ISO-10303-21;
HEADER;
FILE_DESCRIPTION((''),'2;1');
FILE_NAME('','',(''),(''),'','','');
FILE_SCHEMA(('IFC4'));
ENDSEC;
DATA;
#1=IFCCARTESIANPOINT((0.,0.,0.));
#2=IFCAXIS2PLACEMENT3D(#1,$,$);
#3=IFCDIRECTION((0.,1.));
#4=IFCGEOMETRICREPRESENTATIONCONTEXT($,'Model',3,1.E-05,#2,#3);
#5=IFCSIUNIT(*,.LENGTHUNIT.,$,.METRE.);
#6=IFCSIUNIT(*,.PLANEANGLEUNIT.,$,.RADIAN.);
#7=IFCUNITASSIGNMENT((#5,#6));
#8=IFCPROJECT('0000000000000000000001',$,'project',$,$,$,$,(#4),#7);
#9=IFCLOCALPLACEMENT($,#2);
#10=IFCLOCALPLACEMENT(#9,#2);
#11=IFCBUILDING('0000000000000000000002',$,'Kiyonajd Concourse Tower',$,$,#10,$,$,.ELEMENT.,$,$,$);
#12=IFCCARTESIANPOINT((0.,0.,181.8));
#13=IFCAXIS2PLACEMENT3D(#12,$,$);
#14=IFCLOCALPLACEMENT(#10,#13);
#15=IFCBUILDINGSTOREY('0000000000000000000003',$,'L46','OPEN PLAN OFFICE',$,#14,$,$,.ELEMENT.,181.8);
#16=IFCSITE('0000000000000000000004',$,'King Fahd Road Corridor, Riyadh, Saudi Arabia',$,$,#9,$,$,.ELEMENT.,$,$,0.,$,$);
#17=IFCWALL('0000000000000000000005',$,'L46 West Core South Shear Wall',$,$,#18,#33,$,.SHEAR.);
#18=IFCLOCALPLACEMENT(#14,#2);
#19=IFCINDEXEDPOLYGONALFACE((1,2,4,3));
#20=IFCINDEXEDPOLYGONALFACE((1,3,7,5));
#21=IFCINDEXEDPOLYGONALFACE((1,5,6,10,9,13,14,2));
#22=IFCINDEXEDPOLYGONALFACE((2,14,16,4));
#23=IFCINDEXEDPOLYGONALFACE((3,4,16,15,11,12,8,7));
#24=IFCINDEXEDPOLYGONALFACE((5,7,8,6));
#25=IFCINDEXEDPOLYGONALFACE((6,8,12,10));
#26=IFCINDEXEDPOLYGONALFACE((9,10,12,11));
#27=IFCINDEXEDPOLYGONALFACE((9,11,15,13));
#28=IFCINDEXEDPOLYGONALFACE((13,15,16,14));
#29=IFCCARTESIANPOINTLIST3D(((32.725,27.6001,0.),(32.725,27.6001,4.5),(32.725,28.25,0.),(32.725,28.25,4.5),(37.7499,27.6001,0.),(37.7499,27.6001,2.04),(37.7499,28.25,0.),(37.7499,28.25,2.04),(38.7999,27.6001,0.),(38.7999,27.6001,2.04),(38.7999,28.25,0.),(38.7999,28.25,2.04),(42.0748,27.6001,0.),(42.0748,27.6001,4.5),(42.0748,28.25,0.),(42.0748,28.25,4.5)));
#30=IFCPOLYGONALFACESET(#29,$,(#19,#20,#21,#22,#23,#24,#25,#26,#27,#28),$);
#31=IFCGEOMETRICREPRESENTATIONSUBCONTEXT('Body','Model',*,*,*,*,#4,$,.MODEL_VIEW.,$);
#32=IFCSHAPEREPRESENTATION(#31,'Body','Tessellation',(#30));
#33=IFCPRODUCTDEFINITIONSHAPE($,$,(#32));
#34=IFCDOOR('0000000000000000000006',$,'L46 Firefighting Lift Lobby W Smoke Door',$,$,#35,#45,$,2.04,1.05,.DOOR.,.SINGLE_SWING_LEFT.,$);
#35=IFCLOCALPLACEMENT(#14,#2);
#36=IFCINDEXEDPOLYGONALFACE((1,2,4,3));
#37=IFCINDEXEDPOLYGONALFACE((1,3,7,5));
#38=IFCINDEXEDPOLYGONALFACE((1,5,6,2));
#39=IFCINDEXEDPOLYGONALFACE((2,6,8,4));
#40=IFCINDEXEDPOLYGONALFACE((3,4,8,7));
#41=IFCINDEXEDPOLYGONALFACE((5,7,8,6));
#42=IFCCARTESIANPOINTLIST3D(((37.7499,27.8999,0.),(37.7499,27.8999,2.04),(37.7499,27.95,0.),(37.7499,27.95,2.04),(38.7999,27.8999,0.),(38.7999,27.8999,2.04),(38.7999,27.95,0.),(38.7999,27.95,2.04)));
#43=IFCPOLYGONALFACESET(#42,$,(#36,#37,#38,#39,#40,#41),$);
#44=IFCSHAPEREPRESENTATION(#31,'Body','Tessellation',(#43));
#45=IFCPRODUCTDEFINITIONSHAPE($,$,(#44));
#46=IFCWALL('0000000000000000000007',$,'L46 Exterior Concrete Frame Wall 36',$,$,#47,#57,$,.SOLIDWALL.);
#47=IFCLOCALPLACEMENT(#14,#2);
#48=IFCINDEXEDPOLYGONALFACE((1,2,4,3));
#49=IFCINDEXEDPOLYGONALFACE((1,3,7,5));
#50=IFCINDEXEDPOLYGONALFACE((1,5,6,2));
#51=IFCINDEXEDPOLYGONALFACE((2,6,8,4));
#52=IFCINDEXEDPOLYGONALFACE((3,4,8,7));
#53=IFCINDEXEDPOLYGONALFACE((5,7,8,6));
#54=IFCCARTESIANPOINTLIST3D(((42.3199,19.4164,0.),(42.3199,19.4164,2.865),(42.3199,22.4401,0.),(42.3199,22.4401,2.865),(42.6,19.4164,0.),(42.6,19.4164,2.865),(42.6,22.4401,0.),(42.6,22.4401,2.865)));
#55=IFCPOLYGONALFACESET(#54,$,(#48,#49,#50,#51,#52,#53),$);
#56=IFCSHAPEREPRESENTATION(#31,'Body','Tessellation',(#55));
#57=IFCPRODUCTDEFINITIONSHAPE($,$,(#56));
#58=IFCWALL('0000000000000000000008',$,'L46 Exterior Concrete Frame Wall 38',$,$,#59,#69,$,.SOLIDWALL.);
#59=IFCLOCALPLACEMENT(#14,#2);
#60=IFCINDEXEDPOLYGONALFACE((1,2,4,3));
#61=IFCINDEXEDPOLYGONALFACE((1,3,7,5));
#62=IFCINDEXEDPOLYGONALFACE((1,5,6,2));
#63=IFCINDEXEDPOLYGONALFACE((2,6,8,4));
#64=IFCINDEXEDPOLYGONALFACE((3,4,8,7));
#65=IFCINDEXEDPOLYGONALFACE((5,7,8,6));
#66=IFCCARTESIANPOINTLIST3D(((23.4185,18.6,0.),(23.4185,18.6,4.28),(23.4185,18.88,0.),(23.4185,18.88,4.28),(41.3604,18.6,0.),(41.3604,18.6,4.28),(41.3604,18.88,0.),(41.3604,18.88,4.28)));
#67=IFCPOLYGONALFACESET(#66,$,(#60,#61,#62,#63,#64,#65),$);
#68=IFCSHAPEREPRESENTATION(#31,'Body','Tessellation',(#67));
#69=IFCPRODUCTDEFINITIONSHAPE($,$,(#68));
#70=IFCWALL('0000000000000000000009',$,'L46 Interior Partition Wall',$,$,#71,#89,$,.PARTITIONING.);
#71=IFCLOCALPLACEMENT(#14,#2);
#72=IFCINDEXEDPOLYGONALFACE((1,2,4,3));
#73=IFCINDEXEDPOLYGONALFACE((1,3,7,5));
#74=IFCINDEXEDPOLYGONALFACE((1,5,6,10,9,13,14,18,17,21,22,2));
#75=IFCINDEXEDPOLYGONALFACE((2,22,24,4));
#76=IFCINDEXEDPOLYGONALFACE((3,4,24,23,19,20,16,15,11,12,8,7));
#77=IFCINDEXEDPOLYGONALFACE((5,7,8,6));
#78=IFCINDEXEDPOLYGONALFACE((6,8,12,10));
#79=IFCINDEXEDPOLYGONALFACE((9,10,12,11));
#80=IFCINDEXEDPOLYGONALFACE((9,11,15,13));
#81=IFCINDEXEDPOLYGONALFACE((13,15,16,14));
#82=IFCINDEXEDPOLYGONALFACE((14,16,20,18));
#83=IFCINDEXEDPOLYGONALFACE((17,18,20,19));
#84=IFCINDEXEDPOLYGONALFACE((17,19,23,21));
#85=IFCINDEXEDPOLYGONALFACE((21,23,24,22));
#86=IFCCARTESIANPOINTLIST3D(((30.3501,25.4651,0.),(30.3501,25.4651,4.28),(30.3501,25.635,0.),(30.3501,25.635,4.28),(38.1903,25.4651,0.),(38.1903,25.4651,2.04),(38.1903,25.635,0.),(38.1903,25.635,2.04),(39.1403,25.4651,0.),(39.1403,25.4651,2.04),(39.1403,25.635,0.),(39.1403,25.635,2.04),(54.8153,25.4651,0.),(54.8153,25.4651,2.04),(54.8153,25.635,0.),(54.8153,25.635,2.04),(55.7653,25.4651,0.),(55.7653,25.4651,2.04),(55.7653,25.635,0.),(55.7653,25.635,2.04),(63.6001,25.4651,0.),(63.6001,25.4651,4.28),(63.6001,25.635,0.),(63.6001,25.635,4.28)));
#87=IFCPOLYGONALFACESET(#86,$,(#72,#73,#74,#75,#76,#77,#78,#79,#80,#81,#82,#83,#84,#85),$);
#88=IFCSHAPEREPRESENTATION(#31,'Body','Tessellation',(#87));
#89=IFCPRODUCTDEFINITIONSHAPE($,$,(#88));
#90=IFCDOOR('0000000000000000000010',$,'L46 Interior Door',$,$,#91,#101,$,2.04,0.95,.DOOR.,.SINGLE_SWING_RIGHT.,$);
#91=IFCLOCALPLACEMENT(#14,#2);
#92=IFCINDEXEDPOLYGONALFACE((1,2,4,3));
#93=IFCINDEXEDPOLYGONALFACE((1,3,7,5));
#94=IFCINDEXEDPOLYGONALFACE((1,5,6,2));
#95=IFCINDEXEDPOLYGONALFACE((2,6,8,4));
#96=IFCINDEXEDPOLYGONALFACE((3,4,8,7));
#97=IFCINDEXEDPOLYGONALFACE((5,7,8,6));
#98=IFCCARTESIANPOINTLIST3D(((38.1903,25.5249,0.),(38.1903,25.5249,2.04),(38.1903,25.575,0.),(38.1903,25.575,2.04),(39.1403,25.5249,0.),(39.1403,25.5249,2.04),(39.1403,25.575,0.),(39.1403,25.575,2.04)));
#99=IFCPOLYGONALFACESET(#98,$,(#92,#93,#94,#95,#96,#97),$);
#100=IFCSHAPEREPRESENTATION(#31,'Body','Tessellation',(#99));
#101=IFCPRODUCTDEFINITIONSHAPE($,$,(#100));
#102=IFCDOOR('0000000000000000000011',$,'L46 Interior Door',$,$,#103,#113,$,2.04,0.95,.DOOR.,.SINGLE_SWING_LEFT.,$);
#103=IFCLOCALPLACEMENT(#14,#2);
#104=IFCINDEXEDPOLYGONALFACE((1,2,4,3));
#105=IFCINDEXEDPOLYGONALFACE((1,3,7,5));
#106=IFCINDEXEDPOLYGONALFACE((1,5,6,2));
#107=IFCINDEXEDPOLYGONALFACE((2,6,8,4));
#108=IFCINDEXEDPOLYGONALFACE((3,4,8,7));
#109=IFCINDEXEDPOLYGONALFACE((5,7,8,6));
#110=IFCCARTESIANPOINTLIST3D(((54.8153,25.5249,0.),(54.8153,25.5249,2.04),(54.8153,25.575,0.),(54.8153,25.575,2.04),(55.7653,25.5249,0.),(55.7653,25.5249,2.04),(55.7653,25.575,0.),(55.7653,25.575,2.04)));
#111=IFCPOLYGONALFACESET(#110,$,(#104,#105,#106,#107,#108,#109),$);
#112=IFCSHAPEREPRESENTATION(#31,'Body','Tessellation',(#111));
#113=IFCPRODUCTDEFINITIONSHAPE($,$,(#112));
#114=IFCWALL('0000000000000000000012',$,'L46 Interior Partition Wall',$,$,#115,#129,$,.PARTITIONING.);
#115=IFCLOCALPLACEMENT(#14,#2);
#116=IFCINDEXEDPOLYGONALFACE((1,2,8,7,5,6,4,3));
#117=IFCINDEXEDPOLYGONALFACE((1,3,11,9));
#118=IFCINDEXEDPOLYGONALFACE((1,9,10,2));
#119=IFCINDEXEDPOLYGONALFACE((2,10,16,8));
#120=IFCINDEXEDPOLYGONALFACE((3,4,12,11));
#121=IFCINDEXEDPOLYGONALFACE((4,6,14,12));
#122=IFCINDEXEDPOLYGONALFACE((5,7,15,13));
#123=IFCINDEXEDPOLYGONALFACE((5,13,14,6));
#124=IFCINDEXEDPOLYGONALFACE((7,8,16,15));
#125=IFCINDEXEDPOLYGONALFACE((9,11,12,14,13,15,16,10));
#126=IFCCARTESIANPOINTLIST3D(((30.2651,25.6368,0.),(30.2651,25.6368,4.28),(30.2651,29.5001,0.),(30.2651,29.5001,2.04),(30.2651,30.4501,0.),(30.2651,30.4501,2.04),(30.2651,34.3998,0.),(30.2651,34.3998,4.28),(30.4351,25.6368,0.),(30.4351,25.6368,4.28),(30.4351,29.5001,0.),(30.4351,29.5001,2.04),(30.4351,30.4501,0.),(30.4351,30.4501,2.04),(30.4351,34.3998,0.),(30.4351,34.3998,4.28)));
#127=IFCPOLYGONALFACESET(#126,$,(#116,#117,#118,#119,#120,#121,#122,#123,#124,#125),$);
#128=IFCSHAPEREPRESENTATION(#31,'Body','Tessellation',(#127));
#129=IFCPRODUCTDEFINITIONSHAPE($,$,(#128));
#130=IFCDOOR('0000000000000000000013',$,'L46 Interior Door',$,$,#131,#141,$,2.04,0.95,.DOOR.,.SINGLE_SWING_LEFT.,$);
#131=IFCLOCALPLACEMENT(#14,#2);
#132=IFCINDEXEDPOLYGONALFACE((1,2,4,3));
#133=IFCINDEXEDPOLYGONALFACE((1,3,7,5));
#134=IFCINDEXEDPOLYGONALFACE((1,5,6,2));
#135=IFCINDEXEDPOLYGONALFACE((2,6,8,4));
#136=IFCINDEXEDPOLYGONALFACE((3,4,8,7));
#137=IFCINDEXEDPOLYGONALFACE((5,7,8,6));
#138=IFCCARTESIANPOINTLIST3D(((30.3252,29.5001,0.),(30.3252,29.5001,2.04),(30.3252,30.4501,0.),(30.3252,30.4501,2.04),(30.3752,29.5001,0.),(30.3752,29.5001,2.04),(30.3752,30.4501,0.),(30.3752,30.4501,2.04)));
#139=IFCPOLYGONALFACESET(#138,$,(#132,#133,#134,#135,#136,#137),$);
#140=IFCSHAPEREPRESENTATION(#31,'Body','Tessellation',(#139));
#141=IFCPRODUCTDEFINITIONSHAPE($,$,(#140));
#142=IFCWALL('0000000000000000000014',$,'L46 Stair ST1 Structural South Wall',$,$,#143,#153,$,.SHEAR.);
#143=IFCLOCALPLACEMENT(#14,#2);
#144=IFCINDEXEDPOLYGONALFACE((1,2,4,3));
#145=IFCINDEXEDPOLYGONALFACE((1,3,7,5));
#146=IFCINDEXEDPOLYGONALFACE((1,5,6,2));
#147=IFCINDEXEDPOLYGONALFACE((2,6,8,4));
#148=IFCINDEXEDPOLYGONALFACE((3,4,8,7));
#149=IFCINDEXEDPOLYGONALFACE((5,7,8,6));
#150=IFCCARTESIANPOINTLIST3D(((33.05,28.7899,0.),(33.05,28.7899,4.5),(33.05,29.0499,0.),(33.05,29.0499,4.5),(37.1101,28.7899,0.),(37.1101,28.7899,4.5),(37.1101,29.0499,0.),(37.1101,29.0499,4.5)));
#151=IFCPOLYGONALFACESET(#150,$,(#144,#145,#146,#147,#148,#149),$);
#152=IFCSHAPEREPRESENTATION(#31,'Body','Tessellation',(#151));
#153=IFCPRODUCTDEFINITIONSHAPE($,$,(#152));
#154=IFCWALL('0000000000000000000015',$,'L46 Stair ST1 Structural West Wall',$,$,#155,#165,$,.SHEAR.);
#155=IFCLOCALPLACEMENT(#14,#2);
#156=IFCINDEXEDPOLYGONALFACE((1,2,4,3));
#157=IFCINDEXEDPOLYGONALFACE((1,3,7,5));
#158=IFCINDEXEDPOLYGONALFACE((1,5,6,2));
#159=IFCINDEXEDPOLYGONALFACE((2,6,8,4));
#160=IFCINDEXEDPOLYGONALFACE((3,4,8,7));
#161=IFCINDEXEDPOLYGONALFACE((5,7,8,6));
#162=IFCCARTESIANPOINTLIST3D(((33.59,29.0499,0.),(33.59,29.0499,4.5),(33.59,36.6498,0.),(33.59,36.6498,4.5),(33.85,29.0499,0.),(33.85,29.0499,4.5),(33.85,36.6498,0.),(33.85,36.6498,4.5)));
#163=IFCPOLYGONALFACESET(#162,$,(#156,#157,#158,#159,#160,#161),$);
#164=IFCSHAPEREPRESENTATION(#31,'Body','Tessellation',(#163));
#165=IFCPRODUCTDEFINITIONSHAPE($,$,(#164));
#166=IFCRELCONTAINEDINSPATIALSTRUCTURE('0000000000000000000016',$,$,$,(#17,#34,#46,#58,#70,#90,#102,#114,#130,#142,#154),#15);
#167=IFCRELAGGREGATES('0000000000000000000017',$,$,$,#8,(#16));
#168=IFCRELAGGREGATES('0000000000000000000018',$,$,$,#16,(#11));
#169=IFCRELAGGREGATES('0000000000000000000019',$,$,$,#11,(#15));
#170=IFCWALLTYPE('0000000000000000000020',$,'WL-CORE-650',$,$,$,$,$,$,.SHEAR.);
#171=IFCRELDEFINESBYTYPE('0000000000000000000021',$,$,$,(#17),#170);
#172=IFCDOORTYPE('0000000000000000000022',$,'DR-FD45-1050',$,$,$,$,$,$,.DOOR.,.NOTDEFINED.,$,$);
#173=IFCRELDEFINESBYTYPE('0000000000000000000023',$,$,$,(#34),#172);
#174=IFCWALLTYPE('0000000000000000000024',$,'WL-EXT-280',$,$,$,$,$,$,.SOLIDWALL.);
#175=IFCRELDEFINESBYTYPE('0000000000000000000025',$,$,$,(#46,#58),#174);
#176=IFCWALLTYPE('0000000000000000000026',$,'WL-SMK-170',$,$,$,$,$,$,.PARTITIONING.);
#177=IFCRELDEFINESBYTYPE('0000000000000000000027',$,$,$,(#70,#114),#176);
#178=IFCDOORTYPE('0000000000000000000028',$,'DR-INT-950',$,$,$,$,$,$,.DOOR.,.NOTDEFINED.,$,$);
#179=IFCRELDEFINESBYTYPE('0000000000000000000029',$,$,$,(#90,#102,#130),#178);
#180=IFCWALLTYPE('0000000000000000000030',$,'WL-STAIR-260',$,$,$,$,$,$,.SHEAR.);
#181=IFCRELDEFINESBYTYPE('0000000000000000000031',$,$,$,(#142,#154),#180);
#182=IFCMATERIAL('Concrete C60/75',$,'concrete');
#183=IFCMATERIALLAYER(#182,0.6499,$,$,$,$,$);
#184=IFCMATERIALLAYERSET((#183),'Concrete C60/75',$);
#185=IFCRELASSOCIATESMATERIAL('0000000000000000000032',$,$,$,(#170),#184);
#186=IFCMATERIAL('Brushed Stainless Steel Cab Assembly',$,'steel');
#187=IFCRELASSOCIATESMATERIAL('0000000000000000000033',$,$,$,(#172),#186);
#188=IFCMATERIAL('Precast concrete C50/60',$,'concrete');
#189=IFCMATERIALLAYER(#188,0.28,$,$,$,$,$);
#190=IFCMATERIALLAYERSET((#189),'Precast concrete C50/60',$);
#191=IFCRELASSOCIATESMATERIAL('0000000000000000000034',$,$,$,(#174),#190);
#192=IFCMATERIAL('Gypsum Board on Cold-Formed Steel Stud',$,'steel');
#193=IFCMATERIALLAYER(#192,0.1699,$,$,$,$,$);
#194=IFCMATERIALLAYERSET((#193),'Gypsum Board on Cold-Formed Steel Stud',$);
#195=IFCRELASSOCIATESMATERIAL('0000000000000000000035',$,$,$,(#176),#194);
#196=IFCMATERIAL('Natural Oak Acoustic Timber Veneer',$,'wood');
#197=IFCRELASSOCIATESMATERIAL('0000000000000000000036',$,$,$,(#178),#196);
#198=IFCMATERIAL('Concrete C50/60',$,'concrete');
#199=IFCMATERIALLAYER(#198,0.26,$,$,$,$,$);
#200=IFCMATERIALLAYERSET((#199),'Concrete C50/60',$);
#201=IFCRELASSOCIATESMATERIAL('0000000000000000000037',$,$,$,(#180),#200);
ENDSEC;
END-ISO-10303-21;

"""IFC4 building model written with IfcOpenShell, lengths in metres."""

from ifc_helpers import new_model, si_unit, direction, frame, frame_2d, origin, place, context, subcontext, project, spatial, rectangle, extrude, material, layer, layer_set, type_object, element, fill, save


model = new_model("IFC4")

# Units and contexts
model_context = context("Model", 3, precision=1e-05, world=origin(), true_north=direction((0.0, 1.0)))
body_context = subcontext(model_context, "Body", "Model", "MODEL_VIEW")
ifc_project = project(units=[si_unit("LENGTHUNIT", "METRE"), si_unit("PLANEANGLEUNIT", "RADIAN")], contexts=[model_context])

# Site, building, storey
site_placement = place(None, origin())
site = spatial("IfcSite", under=ifc_project, at=site_placement, Name="King Fahd Road Corridor, Riyadh, Saudi Arabia", CompositionType="ELEMENT", RefElevation=0.0)
building_placement = place(site_placement, origin())
building = spatial("IfcBuilding", under=site, at=building_placement, Name="Kiyonajd Concourse Tower", CompositionType="ELEMENT")
storey_placement = place(building_placement, frame((0.0, 0.0, 181.8)))
storey = spatial("IfcBuildingStorey", under=building, at=storey_placement, Name="L46", Description="OPEN PLAN OFFICE", CompositionType="ELEMENT", Elevation=181.8)

# Shared definitions
ifc_material_1 = material(Name="Concrete C60/75", Category="concrete")

# Shared definitions
ifc_layer_1 = layer(ifc_material_1, 0.6499)
ifc_layer_set_1 = layer_set([ifc_layer_1], Name="Concrete C60/75")
wall_type_1 = type_object("IfcWallType", Name="WL-CORE-650", PredefinedType="SHEAR", material=ifc_layer_set_1)

# Wall, opening, door
wall_1_placement = place(storey_placement, frame((32.7251, 27.925, 0.0), z_axis=(0.0, 0.0, 1.0), x_axis=(1.0, 0.0, 0.0)))
wall_1 = element("IfcWall", 1, at=wall_1_placement, inside=storey, type_object=wall_type_1, Name="L46 West Core South Shear Wall", PredefinedType="SHEAR", context=body_context, shape_type="SweptSolid", body=[
    extrude(rectangle(XDim=9.3499, YDim=0.6499, at=frame_2d((4.6748, 0.0))), origin(), (0.0, 0.0, 1.0), 4.5),
])
opening_1_placement = place(wall_1_placement, frame((5.0249, 0.0, 0.0)))
opening_1 = element("IfcOpeningElement", 2, at=opening_1_placement, cuts=wall_1, PredefinedType="OPENING", context=body_context, shape_type="SweptSolid", body=[
    extrude(rectangle(XDim=1.05, YDim=2.04, at=frame_2d((0.5249, 1.02))), frame((0.0, 0.335, 0.0), z_axis=(0.0, -1.0, 0.0), x_axis=(1.0, 0.0, 0.0)), (0.0, 0.0, 1.0), 0.6699),
])
ifc_material_2 = material(Name="Brushed Stainless Steel Cab Assembly", Category="steel")
door_type_1 = type_object("IfcDoorType", Name="DR-FD45-1050", OperationType="NOTDEFINED", PredefinedType="DOOR", material=ifc_material_2)
door_1_placement = place(opening_1_placement, origin())
door_1 = element("IfcDoor", 3, at=door_1_placement, inside=storey, type_object=door_type_1, Name="L46 Firefighting Lift Lobby W Smoke Door", OperationType="SINGLE_SWING_LEFT", OverallHeight=2.04, OverallWidth=1.05, PredefinedType="DOOR", context=body_context, shape_type="SweptSolid", body=[
    extrude(rectangle(XDim=1.05, YDim=2.04, at=frame_2d((0.5249, 1.02))), frame((0.0, 0.0249, 0.0), z_axis=(0.0, -1.0, 0.0), x_axis=(1.0, 0.0, 0.0)), (0.0, 0.0, 1.0), 0.05),
])
fill(opening_1, door_1)

# Walls
ifc_material_3 = material(Name="Precast concrete C50/60", Category="concrete")
ifc_layer_2 = layer(ifc_material_3, 0.28)
ifc_layer_set_2 = layer_set([ifc_layer_2], Name="Precast concrete C50/60")
wall_type_2 = type_object("IfcWallType", Name="WL-EXT-280", PredefinedType="SOLIDWALL", material=ifc_layer_set_2)
wall_2_placement = place(storey_placement, frame((42.46, 22.4399, 0.0), z_axis=(0.0, 0.0, 1.0), x_axis=(0.0, -1.0, 0.0)))
element("IfcWall", 4, at=wall_2_placement, inside=storey, type_object=wall_type_2, Name="L46 Exterior Concrete Frame Wall 36", PredefinedType="SOLIDWALL", context=body_context, shape_type="SweptSolid", body=[
    extrude(rectangle(XDim=3.0237, YDim=0.28, at=frame_2d((1.5117, 0.0))), origin(), (0.0, 0.0, 1.0), 2.865),
])
wall_3_placement = place(storey_placement, frame((41.3604, 18.74, 0.0), z_axis=(0.0, 0.0, 1.0), x_axis=(-1.0, 0.0, 0.0)))
element("IfcWall", 5, at=wall_3_placement, inside=storey, type_object=wall_type_2, Name="L46 Exterior Concrete Frame Wall 38", PredefinedType="SOLIDWALL", context=body_context, shape_type="SweptSolid", body=[
    extrude(rectangle(XDim=17.9419, YDim=0.28, at=frame_2d((8.9709, 0.0))), origin(), (0.0, 0.0, 1.0), 4.28),
])

# Wall, openings, doors
ifc_material_4 = material(Name="Gypsum Board on Cold-Formed Steel Stud", Category="steel")
ifc_layer_3 = layer(ifc_material_4, 0.1699)
ifc_layer_set_3 = layer_set([ifc_layer_3], Name="Gypsum Board on Cold-Formed Steel Stud")
wall_type_3 = type_object("IfcWallType", Name="WL-SMK-170", PredefinedType="PARTITIONING", material=ifc_layer_set_3)
wall_4_placement = place(storey_placement, frame((30.3501, 25.55, 0.0), z_axis=(0.0, 0.0, 1.0), x_axis=(1.0, 0.0, 0.0)))
wall_4 = element("IfcWall", 6, at=wall_4_placement, inside=storey, type_object=wall_type_3, Name="L46 Interior Partition Wall", PredefinedType="PARTITIONING", context=body_context, shape_type="SweptSolid", body=[
    extrude(rectangle(XDim=33.25, YDim=0.1699, at=frame_2d((16.625, 0.0))), origin(), (0.0, 0.0, 1.0), 4.28),
])
opening_2_placement = place(wall_4_placement, frame((7.8401, 0.0, 0.0)))
opening_2 = element("IfcOpeningElement", 7, at=opening_2_placement, cuts=wall_4, PredefinedType="OPENING", context=body_context, shape_type="SweptSolid", body=[
    extrude(rectangle(XDim=0.95, YDim=2.04, at=frame_2d((0.4751, 1.02))), frame((0.0, 0.095, 0.0), z_axis=(0.0, -1.0, 0.0), x_axis=(1.0, 0.0, 0.0)), (0.0, 0.0, 1.0), 0.1899),
])
opening_3_placement = place(wall_4_placement, frame((24.4651, 0.0, 0.0)))
opening_3 = element("IfcOpeningElement", 8, at=opening_3_placement, cuts=wall_4, PredefinedType="OPENING", context=body_context, shape_type="SweptSolid", body=[
    extrude(rectangle(XDim=0.95, YDim=2.04, at=frame_2d((0.4751, 1.02))), frame((0.0, 0.095, 0.0), z_axis=(0.0, -1.0, 0.0), x_axis=(1.0, 0.0, 0.0)), (0.0, 0.0, 1.0), 0.1899),
])
ifc_material_5 = material(Name="Natural Oak Acoustic Timber Veneer", Category="wood")
door_type_2 = type_object("IfcDoorType", Name="DR-INT-950", OperationType="NOTDEFINED", PredefinedType="DOOR", material=ifc_material_5)
door_2_placement = place(opening_2_placement, origin())
door_2 = element("IfcDoor", 9, at=door_2_placement, inside=storey, type_object=door_type_2, Name="L46 Interior Door", OperationType="SINGLE_SWING_RIGHT", OverallHeight=2.04, OverallWidth=0.95, PredefinedType="DOOR", context=body_context, shape_type="SweptSolid", body=[
    extrude(rectangle(XDim=0.95, YDim=2.04, at=frame_2d((0.4751, 1.02))), frame((0.0, 0.0249, 0.0), z_axis=(0.0, -1.0, 0.0), x_axis=(1.0, 0.0, 0.0)), (0.0, 0.0, 1.0), 0.05),
])
fill(opening_2, door_2)
door_3_placement = place(opening_3_placement, origin())
door_3 = element("IfcDoor", 10, at=door_3_placement, inside=storey, type_object=door_type_2, Name="L46 Interior Door", OperationType="SINGLE_SWING_LEFT", OverallHeight=2.04, OverallWidth=0.95, PredefinedType="DOOR", context=body_context, shape_type="SweptSolid", body=[
    extrude(rectangle(XDim=0.95, YDim=2.04, at=frame_2d((0.4751, 1.02))), frame((0.0, 0.0249, 0.0), z_axis=(0.0, -1.0, 0.0), x_axis=(1.0, 0.0, 0.0)), (0.0, 0.0, 1.0), 0.05),
])
fill(opening_3, door_3)

# Wall, opening, door
wall_5_placement = place(storey_placement, frame((30.3501, 25.637, 0.0), z_axis=(0.0, 0.0, 1.0), x_axis=(0.0, 1.0, 0.0)))
wall_5 = element("IfcWall", 11, at=wall_5_placement, inside=storey, type_object=wall_type_3, Name="L46 Interior Partition Wall", PredefinedType="PARTITIONING", context=body_context, shape_type="SweptSolid", body=[
    extrude(rectangle(XDim=8.7629, YDim=0.1699, at=frame_2d((4.3813, 0.0))), origin(), (0.0, 0.0, 1.0), 4.28),
])
opening_4_placement = place(wall_5_placement, frame((3.863, 0.0, 0.0)))
opening_4 = element("IfcOpeningElement", 12, at=opening_4_placement, cuts=wall_5, PredefinedType="OPENING", context=body_context, shape_type="SweptSolid", body=[
    extrude(rectangle(XDim=0.95, YDim=2.04, at=frame_2d((0.4751, 1.02))), frame((0.0, 0.095, 0.0), z_axis=(0.0, -1.0, 0.0), x_axis=(1.0, 0.0, 0.0)), (0.0, 0.0, 1.0), 0.1899),
])
door_4_placement = place(opening_4_placement, origin())
door_4 = element("IfcDoor", 13, at=door_4_placement, inside=storey, type_object=door_type_2, Name="L46 Interior Door", OperationType="SINGLE_SWING_LEFT", OverallHeight=2.04, OverallWidth=0.95, PredefinedType="DOOR", context=body_context, shape_type="SweptSolid", body=[
    extrude(rectangle(XDim=0.95, YDim=2.04, at=frame_2d((0.4751, 1.02))), frame((0.0, 0.0249, 0.0), z_axis=(0.0, -1.0, 0.0), x_axis=(1.0, 0.0, 0.0)), (0.0, 0.0, 1.0), 0.05),
])
fill(opening_4, door_4)

# Walls
ifc_material_6 = material(Name="Concrete C50/60", Category="concrete")
ifc_layer_4 = layer(ifc_material_6, 0.26)
ifc_layer_set_4 = layer_set([ifc_layer_4], Name="Concrete C50/60")
wall_type_4 = type_object("IfcWallType", Name="WL-STAIR-260", PredefinedType="SHEAR", material=ifc_layer_set_4)
wall_6_placement = place(storey_placement, frame((33.05, 28.9199, 0.0), z_axis=(0.0, 0.0, 1.0), x_axis=(1.0, 0.0, 0.0)))
element("IfcWall", 14, at=wall_6_placement, inside=storey, type_object=wall_type_4, Name="L46 Stair ST1 Structural South Wall", PredefinedType="SHEAR", context=body_context, shape_type="SweptSolid", body=[
    extrude(rectangle(XDim=4.0601, YDim=0.26, at=frame_2d((2.03, 0.0))), origin(), (0.0, 0.0, 1.0), 4.5),
])
wall_7_placement = place(storey_placement, frame((33.72, 29.05, 0.0), z_axis=(0.0, 0.0, 1.0), x_axis=(0.0, 1.0, 0.0)))
element("IfcWall", 15, at=wall_7_placement, inside=storey, type_object=wall_type_4, Name="L46 Stair ST1 Structural West Wall", PredefinedType="SHEAR", context=body_context, shape_type="SweptSolid", body=[
    extrude(rectangle(XDim=7.5999, YDim=0.26, at=frame_2d((3.7998, 0.0))), origin(), (0.0, 0.0, 1.0), 4.5),
])

save(model, "model.ifc")
